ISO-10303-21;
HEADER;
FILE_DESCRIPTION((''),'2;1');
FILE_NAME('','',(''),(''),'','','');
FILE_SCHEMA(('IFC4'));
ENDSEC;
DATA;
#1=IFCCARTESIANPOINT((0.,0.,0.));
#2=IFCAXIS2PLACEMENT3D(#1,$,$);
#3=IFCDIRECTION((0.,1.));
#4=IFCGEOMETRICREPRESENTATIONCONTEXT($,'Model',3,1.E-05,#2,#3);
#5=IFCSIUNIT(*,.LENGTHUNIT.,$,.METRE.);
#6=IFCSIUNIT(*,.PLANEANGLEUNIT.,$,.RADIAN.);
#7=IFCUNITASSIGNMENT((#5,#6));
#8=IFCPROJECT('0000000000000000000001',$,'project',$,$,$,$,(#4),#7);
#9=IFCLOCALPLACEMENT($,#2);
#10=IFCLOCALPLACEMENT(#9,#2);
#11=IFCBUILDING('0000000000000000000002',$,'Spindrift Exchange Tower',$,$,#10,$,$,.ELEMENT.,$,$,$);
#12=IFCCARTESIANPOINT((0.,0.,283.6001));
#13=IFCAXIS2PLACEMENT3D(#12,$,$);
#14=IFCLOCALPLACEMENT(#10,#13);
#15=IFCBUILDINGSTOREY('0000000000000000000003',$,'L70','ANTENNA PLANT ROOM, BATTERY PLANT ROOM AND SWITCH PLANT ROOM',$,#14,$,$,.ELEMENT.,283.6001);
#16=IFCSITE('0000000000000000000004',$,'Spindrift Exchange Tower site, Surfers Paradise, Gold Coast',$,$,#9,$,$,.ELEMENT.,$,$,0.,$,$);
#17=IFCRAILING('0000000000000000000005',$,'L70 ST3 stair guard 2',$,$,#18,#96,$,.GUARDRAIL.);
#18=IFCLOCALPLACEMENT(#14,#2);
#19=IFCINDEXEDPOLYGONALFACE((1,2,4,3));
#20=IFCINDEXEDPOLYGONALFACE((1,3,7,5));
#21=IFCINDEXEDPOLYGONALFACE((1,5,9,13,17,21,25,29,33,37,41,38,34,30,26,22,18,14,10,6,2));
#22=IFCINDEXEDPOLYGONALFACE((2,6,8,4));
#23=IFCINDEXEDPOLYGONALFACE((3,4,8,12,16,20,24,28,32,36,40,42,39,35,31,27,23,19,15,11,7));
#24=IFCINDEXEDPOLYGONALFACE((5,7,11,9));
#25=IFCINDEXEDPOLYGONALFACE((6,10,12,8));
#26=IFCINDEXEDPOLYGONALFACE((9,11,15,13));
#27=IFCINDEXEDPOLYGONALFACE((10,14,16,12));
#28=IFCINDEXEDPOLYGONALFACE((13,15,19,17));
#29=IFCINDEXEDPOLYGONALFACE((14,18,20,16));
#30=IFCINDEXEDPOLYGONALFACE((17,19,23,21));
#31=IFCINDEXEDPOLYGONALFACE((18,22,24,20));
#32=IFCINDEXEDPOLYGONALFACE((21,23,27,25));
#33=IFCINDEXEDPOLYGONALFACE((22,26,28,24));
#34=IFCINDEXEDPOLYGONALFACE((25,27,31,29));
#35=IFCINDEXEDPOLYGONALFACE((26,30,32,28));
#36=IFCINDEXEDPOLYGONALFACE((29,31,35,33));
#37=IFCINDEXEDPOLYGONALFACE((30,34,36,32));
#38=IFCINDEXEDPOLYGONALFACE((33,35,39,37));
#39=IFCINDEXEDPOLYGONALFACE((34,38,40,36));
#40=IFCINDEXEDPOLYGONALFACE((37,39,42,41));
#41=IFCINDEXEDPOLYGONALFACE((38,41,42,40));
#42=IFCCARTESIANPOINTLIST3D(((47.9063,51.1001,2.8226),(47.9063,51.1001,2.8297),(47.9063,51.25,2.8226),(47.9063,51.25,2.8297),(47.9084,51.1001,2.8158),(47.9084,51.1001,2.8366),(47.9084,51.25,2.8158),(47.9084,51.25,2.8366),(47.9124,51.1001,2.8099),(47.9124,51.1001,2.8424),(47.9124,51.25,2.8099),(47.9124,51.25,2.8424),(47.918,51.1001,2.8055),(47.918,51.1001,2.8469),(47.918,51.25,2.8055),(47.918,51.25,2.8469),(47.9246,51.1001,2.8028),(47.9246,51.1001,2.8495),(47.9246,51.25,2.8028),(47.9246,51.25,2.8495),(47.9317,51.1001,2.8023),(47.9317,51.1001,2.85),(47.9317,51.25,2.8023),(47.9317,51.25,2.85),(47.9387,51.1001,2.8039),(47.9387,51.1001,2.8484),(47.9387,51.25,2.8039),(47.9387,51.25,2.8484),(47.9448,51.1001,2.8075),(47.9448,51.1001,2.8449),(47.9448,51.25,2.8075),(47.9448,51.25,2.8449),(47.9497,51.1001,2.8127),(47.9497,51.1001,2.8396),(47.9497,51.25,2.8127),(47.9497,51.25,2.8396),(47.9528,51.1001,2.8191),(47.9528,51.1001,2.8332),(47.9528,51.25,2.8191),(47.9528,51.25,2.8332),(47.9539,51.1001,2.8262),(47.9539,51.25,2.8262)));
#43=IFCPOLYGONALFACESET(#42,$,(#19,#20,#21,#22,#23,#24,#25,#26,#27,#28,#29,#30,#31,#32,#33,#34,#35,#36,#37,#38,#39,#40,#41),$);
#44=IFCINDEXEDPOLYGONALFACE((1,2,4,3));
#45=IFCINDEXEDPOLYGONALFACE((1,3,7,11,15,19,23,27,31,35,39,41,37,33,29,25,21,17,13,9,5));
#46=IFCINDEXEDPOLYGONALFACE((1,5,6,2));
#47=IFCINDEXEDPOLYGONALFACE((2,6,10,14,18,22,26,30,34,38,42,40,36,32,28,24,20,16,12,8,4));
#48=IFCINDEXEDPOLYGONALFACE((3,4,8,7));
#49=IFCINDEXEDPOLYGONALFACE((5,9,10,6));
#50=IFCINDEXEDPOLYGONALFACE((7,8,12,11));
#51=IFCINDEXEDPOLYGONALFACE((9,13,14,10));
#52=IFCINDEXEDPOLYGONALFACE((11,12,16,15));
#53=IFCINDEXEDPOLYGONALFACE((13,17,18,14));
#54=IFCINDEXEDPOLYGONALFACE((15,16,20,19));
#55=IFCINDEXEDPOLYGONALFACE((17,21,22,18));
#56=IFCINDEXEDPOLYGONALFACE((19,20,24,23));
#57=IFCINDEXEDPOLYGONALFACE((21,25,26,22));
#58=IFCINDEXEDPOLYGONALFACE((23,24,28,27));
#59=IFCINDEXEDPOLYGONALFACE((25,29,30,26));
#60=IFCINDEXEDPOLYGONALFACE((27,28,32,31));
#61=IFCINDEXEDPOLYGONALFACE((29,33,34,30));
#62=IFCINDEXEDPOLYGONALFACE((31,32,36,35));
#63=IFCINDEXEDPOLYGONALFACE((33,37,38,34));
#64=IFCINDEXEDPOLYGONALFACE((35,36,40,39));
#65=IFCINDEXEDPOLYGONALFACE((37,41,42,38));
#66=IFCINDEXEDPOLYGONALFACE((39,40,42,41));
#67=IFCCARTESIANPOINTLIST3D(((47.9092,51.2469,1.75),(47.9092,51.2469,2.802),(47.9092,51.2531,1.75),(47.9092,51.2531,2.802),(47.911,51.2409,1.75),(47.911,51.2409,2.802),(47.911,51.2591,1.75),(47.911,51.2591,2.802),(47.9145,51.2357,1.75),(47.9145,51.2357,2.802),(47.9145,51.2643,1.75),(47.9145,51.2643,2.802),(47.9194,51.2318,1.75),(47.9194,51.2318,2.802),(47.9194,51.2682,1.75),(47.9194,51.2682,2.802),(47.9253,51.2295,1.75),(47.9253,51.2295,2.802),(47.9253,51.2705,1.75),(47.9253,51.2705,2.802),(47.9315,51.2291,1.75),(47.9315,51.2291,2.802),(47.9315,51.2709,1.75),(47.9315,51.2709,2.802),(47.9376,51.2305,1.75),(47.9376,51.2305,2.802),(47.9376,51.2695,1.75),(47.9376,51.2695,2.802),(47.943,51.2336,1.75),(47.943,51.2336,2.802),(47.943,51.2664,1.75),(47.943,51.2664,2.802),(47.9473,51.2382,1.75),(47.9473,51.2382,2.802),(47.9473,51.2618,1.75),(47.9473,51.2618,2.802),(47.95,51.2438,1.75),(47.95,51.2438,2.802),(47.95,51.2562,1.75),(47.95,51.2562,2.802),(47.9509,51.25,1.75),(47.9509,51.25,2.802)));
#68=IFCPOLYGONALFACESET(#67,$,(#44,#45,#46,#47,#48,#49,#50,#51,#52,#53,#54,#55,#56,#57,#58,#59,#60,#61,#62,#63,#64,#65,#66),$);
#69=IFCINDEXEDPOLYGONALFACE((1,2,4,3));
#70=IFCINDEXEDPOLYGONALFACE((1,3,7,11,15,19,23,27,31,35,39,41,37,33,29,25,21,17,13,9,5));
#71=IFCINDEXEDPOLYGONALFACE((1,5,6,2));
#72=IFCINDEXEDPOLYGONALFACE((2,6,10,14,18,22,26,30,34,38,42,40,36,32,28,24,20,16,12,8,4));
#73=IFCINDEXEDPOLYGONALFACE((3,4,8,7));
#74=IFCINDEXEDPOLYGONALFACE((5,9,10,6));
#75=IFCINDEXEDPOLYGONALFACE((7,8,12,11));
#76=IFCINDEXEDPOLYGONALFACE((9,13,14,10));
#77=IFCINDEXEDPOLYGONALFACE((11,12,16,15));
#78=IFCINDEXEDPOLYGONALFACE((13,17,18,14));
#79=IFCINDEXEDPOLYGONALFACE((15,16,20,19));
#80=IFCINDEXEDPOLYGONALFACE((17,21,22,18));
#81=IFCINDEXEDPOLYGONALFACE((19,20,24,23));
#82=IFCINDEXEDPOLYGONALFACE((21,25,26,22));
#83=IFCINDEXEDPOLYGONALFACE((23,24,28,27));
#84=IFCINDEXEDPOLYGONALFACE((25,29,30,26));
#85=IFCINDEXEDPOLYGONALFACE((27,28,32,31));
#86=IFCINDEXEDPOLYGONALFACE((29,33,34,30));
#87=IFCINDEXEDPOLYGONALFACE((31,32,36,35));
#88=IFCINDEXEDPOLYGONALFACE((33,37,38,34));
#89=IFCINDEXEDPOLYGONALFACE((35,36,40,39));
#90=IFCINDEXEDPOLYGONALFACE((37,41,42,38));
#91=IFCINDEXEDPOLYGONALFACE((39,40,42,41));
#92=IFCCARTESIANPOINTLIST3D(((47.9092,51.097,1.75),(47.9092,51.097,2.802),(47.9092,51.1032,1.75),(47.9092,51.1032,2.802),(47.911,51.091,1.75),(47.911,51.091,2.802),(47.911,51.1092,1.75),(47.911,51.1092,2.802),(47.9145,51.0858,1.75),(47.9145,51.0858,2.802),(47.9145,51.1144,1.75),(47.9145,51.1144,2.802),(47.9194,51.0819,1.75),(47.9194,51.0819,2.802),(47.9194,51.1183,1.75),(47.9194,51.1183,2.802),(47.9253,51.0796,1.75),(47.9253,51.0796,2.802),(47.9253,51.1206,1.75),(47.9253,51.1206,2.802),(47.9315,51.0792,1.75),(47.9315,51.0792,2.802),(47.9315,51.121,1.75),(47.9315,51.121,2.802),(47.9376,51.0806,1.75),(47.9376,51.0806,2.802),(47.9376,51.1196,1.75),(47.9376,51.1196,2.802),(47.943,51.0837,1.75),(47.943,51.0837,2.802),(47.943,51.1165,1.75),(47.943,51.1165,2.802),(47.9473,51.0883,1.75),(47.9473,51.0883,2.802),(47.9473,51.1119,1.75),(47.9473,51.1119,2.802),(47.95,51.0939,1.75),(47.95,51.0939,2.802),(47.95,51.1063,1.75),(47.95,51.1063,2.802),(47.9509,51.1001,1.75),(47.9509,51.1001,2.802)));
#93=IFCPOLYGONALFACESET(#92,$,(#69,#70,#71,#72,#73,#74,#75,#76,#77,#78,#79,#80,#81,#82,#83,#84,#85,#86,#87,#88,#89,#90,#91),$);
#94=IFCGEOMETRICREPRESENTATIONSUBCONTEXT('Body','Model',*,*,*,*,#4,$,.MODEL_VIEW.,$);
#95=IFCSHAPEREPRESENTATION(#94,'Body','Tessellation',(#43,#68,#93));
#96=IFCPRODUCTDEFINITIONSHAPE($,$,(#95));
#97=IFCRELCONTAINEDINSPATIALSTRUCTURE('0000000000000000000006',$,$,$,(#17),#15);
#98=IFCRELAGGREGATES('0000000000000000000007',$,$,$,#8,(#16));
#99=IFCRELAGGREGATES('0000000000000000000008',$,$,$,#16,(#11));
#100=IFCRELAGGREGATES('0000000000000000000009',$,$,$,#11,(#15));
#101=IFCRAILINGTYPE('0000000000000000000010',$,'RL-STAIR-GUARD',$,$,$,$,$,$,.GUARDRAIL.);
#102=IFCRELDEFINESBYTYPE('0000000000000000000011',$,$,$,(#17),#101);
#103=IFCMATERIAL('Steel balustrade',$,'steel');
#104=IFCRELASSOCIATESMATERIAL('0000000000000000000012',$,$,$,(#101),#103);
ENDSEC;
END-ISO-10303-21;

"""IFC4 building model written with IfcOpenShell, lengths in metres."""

from ifc_helpers import new_model, si_unit, direction, frame, origin, origin_2d, place, context, subcontext, project, spatial, circle, extrude, material, type_object, element, save


model = new_model("IFC4")

# Units and contexts
model_context = context("Model", 3, precision=1e-05, world=origin(), true_north=direction((0.0, 1.0)))
body_context = subcontext(model_context, "Body", "Model", "MODEL_VIEW")
ifc_project = project(units=[si_unit("LENGTHUNIT", "METRE"), si_unit("PLANEANGLEUNIT", "RADIAN")], contexts=[model_context])

# Site, building, storey
site_placement = place(None, origin())
site = spatial("IfcSite", under=ifc_project, at=site_placement, Name="Spindrift Exchange Tower site, Surfers Paradise, Gold Coast", CompositionType="ELEMENT", RefElevation=0.0)
building_placement = place(site_placement, origin())
building = spatial("IfcBuilding", under=site, at=building_placement, Name="Spindrift Exchange Tower", CompositionType="ELEMENT")
storey_placement = place(building_placement, frame((0.0, 0.0, 283.6001)))
storey = spatial("IfcBuildingStorey", under=building, at=storey_placement, Name="L70", Description="ANTENNA PLANT ROOM, BATTERY PLANT ROOM AND SWITCH PLANT ROOM", CompositionType="ELEMENT", Elevation=283.6001)

# Railing
ifc_material_1 = material(Name="Steel balustrade", Category="steel")
railing_type_1 = type_object("IfcRailingType", Name="RL-STAIR-GUARD", PredefinedType="GUARDRAIL", material=ifc_material_1)
railing_1_placement = place(storey_placement, frame((47.9299, 51.25, 1.75)))
element("IfcRailing", 1, at=railing_1_placement, inside=storey, type_object=railing_type_1, Name="L70 ST3 stair guard 2", PredefinedType="GUARDRAIL", context=body_context, shape_type="SweptSolid", body=[
    extrude(circle(Radius=0.0239, at=origin_2d()), frame((0.0, 0.0, 1.0762), z_axis=(0.0, -1.0, 0.0), x_axis=(1.0, 0.0, 0.0)), (0.0, 0.0, 1.0), 0.1499),
    extrude(circle(Radius=0.021, at=origin_2d()), origin(), (0.0, 0.0, 1.0), 1.052),
    extrude(circle(Radius=0.021, at=origin_2d()), frame((0.0, -0.1499, 0.0)), (0.0, 0.0, 1.0), 1.052),
])

save(model, "model.ifc")
